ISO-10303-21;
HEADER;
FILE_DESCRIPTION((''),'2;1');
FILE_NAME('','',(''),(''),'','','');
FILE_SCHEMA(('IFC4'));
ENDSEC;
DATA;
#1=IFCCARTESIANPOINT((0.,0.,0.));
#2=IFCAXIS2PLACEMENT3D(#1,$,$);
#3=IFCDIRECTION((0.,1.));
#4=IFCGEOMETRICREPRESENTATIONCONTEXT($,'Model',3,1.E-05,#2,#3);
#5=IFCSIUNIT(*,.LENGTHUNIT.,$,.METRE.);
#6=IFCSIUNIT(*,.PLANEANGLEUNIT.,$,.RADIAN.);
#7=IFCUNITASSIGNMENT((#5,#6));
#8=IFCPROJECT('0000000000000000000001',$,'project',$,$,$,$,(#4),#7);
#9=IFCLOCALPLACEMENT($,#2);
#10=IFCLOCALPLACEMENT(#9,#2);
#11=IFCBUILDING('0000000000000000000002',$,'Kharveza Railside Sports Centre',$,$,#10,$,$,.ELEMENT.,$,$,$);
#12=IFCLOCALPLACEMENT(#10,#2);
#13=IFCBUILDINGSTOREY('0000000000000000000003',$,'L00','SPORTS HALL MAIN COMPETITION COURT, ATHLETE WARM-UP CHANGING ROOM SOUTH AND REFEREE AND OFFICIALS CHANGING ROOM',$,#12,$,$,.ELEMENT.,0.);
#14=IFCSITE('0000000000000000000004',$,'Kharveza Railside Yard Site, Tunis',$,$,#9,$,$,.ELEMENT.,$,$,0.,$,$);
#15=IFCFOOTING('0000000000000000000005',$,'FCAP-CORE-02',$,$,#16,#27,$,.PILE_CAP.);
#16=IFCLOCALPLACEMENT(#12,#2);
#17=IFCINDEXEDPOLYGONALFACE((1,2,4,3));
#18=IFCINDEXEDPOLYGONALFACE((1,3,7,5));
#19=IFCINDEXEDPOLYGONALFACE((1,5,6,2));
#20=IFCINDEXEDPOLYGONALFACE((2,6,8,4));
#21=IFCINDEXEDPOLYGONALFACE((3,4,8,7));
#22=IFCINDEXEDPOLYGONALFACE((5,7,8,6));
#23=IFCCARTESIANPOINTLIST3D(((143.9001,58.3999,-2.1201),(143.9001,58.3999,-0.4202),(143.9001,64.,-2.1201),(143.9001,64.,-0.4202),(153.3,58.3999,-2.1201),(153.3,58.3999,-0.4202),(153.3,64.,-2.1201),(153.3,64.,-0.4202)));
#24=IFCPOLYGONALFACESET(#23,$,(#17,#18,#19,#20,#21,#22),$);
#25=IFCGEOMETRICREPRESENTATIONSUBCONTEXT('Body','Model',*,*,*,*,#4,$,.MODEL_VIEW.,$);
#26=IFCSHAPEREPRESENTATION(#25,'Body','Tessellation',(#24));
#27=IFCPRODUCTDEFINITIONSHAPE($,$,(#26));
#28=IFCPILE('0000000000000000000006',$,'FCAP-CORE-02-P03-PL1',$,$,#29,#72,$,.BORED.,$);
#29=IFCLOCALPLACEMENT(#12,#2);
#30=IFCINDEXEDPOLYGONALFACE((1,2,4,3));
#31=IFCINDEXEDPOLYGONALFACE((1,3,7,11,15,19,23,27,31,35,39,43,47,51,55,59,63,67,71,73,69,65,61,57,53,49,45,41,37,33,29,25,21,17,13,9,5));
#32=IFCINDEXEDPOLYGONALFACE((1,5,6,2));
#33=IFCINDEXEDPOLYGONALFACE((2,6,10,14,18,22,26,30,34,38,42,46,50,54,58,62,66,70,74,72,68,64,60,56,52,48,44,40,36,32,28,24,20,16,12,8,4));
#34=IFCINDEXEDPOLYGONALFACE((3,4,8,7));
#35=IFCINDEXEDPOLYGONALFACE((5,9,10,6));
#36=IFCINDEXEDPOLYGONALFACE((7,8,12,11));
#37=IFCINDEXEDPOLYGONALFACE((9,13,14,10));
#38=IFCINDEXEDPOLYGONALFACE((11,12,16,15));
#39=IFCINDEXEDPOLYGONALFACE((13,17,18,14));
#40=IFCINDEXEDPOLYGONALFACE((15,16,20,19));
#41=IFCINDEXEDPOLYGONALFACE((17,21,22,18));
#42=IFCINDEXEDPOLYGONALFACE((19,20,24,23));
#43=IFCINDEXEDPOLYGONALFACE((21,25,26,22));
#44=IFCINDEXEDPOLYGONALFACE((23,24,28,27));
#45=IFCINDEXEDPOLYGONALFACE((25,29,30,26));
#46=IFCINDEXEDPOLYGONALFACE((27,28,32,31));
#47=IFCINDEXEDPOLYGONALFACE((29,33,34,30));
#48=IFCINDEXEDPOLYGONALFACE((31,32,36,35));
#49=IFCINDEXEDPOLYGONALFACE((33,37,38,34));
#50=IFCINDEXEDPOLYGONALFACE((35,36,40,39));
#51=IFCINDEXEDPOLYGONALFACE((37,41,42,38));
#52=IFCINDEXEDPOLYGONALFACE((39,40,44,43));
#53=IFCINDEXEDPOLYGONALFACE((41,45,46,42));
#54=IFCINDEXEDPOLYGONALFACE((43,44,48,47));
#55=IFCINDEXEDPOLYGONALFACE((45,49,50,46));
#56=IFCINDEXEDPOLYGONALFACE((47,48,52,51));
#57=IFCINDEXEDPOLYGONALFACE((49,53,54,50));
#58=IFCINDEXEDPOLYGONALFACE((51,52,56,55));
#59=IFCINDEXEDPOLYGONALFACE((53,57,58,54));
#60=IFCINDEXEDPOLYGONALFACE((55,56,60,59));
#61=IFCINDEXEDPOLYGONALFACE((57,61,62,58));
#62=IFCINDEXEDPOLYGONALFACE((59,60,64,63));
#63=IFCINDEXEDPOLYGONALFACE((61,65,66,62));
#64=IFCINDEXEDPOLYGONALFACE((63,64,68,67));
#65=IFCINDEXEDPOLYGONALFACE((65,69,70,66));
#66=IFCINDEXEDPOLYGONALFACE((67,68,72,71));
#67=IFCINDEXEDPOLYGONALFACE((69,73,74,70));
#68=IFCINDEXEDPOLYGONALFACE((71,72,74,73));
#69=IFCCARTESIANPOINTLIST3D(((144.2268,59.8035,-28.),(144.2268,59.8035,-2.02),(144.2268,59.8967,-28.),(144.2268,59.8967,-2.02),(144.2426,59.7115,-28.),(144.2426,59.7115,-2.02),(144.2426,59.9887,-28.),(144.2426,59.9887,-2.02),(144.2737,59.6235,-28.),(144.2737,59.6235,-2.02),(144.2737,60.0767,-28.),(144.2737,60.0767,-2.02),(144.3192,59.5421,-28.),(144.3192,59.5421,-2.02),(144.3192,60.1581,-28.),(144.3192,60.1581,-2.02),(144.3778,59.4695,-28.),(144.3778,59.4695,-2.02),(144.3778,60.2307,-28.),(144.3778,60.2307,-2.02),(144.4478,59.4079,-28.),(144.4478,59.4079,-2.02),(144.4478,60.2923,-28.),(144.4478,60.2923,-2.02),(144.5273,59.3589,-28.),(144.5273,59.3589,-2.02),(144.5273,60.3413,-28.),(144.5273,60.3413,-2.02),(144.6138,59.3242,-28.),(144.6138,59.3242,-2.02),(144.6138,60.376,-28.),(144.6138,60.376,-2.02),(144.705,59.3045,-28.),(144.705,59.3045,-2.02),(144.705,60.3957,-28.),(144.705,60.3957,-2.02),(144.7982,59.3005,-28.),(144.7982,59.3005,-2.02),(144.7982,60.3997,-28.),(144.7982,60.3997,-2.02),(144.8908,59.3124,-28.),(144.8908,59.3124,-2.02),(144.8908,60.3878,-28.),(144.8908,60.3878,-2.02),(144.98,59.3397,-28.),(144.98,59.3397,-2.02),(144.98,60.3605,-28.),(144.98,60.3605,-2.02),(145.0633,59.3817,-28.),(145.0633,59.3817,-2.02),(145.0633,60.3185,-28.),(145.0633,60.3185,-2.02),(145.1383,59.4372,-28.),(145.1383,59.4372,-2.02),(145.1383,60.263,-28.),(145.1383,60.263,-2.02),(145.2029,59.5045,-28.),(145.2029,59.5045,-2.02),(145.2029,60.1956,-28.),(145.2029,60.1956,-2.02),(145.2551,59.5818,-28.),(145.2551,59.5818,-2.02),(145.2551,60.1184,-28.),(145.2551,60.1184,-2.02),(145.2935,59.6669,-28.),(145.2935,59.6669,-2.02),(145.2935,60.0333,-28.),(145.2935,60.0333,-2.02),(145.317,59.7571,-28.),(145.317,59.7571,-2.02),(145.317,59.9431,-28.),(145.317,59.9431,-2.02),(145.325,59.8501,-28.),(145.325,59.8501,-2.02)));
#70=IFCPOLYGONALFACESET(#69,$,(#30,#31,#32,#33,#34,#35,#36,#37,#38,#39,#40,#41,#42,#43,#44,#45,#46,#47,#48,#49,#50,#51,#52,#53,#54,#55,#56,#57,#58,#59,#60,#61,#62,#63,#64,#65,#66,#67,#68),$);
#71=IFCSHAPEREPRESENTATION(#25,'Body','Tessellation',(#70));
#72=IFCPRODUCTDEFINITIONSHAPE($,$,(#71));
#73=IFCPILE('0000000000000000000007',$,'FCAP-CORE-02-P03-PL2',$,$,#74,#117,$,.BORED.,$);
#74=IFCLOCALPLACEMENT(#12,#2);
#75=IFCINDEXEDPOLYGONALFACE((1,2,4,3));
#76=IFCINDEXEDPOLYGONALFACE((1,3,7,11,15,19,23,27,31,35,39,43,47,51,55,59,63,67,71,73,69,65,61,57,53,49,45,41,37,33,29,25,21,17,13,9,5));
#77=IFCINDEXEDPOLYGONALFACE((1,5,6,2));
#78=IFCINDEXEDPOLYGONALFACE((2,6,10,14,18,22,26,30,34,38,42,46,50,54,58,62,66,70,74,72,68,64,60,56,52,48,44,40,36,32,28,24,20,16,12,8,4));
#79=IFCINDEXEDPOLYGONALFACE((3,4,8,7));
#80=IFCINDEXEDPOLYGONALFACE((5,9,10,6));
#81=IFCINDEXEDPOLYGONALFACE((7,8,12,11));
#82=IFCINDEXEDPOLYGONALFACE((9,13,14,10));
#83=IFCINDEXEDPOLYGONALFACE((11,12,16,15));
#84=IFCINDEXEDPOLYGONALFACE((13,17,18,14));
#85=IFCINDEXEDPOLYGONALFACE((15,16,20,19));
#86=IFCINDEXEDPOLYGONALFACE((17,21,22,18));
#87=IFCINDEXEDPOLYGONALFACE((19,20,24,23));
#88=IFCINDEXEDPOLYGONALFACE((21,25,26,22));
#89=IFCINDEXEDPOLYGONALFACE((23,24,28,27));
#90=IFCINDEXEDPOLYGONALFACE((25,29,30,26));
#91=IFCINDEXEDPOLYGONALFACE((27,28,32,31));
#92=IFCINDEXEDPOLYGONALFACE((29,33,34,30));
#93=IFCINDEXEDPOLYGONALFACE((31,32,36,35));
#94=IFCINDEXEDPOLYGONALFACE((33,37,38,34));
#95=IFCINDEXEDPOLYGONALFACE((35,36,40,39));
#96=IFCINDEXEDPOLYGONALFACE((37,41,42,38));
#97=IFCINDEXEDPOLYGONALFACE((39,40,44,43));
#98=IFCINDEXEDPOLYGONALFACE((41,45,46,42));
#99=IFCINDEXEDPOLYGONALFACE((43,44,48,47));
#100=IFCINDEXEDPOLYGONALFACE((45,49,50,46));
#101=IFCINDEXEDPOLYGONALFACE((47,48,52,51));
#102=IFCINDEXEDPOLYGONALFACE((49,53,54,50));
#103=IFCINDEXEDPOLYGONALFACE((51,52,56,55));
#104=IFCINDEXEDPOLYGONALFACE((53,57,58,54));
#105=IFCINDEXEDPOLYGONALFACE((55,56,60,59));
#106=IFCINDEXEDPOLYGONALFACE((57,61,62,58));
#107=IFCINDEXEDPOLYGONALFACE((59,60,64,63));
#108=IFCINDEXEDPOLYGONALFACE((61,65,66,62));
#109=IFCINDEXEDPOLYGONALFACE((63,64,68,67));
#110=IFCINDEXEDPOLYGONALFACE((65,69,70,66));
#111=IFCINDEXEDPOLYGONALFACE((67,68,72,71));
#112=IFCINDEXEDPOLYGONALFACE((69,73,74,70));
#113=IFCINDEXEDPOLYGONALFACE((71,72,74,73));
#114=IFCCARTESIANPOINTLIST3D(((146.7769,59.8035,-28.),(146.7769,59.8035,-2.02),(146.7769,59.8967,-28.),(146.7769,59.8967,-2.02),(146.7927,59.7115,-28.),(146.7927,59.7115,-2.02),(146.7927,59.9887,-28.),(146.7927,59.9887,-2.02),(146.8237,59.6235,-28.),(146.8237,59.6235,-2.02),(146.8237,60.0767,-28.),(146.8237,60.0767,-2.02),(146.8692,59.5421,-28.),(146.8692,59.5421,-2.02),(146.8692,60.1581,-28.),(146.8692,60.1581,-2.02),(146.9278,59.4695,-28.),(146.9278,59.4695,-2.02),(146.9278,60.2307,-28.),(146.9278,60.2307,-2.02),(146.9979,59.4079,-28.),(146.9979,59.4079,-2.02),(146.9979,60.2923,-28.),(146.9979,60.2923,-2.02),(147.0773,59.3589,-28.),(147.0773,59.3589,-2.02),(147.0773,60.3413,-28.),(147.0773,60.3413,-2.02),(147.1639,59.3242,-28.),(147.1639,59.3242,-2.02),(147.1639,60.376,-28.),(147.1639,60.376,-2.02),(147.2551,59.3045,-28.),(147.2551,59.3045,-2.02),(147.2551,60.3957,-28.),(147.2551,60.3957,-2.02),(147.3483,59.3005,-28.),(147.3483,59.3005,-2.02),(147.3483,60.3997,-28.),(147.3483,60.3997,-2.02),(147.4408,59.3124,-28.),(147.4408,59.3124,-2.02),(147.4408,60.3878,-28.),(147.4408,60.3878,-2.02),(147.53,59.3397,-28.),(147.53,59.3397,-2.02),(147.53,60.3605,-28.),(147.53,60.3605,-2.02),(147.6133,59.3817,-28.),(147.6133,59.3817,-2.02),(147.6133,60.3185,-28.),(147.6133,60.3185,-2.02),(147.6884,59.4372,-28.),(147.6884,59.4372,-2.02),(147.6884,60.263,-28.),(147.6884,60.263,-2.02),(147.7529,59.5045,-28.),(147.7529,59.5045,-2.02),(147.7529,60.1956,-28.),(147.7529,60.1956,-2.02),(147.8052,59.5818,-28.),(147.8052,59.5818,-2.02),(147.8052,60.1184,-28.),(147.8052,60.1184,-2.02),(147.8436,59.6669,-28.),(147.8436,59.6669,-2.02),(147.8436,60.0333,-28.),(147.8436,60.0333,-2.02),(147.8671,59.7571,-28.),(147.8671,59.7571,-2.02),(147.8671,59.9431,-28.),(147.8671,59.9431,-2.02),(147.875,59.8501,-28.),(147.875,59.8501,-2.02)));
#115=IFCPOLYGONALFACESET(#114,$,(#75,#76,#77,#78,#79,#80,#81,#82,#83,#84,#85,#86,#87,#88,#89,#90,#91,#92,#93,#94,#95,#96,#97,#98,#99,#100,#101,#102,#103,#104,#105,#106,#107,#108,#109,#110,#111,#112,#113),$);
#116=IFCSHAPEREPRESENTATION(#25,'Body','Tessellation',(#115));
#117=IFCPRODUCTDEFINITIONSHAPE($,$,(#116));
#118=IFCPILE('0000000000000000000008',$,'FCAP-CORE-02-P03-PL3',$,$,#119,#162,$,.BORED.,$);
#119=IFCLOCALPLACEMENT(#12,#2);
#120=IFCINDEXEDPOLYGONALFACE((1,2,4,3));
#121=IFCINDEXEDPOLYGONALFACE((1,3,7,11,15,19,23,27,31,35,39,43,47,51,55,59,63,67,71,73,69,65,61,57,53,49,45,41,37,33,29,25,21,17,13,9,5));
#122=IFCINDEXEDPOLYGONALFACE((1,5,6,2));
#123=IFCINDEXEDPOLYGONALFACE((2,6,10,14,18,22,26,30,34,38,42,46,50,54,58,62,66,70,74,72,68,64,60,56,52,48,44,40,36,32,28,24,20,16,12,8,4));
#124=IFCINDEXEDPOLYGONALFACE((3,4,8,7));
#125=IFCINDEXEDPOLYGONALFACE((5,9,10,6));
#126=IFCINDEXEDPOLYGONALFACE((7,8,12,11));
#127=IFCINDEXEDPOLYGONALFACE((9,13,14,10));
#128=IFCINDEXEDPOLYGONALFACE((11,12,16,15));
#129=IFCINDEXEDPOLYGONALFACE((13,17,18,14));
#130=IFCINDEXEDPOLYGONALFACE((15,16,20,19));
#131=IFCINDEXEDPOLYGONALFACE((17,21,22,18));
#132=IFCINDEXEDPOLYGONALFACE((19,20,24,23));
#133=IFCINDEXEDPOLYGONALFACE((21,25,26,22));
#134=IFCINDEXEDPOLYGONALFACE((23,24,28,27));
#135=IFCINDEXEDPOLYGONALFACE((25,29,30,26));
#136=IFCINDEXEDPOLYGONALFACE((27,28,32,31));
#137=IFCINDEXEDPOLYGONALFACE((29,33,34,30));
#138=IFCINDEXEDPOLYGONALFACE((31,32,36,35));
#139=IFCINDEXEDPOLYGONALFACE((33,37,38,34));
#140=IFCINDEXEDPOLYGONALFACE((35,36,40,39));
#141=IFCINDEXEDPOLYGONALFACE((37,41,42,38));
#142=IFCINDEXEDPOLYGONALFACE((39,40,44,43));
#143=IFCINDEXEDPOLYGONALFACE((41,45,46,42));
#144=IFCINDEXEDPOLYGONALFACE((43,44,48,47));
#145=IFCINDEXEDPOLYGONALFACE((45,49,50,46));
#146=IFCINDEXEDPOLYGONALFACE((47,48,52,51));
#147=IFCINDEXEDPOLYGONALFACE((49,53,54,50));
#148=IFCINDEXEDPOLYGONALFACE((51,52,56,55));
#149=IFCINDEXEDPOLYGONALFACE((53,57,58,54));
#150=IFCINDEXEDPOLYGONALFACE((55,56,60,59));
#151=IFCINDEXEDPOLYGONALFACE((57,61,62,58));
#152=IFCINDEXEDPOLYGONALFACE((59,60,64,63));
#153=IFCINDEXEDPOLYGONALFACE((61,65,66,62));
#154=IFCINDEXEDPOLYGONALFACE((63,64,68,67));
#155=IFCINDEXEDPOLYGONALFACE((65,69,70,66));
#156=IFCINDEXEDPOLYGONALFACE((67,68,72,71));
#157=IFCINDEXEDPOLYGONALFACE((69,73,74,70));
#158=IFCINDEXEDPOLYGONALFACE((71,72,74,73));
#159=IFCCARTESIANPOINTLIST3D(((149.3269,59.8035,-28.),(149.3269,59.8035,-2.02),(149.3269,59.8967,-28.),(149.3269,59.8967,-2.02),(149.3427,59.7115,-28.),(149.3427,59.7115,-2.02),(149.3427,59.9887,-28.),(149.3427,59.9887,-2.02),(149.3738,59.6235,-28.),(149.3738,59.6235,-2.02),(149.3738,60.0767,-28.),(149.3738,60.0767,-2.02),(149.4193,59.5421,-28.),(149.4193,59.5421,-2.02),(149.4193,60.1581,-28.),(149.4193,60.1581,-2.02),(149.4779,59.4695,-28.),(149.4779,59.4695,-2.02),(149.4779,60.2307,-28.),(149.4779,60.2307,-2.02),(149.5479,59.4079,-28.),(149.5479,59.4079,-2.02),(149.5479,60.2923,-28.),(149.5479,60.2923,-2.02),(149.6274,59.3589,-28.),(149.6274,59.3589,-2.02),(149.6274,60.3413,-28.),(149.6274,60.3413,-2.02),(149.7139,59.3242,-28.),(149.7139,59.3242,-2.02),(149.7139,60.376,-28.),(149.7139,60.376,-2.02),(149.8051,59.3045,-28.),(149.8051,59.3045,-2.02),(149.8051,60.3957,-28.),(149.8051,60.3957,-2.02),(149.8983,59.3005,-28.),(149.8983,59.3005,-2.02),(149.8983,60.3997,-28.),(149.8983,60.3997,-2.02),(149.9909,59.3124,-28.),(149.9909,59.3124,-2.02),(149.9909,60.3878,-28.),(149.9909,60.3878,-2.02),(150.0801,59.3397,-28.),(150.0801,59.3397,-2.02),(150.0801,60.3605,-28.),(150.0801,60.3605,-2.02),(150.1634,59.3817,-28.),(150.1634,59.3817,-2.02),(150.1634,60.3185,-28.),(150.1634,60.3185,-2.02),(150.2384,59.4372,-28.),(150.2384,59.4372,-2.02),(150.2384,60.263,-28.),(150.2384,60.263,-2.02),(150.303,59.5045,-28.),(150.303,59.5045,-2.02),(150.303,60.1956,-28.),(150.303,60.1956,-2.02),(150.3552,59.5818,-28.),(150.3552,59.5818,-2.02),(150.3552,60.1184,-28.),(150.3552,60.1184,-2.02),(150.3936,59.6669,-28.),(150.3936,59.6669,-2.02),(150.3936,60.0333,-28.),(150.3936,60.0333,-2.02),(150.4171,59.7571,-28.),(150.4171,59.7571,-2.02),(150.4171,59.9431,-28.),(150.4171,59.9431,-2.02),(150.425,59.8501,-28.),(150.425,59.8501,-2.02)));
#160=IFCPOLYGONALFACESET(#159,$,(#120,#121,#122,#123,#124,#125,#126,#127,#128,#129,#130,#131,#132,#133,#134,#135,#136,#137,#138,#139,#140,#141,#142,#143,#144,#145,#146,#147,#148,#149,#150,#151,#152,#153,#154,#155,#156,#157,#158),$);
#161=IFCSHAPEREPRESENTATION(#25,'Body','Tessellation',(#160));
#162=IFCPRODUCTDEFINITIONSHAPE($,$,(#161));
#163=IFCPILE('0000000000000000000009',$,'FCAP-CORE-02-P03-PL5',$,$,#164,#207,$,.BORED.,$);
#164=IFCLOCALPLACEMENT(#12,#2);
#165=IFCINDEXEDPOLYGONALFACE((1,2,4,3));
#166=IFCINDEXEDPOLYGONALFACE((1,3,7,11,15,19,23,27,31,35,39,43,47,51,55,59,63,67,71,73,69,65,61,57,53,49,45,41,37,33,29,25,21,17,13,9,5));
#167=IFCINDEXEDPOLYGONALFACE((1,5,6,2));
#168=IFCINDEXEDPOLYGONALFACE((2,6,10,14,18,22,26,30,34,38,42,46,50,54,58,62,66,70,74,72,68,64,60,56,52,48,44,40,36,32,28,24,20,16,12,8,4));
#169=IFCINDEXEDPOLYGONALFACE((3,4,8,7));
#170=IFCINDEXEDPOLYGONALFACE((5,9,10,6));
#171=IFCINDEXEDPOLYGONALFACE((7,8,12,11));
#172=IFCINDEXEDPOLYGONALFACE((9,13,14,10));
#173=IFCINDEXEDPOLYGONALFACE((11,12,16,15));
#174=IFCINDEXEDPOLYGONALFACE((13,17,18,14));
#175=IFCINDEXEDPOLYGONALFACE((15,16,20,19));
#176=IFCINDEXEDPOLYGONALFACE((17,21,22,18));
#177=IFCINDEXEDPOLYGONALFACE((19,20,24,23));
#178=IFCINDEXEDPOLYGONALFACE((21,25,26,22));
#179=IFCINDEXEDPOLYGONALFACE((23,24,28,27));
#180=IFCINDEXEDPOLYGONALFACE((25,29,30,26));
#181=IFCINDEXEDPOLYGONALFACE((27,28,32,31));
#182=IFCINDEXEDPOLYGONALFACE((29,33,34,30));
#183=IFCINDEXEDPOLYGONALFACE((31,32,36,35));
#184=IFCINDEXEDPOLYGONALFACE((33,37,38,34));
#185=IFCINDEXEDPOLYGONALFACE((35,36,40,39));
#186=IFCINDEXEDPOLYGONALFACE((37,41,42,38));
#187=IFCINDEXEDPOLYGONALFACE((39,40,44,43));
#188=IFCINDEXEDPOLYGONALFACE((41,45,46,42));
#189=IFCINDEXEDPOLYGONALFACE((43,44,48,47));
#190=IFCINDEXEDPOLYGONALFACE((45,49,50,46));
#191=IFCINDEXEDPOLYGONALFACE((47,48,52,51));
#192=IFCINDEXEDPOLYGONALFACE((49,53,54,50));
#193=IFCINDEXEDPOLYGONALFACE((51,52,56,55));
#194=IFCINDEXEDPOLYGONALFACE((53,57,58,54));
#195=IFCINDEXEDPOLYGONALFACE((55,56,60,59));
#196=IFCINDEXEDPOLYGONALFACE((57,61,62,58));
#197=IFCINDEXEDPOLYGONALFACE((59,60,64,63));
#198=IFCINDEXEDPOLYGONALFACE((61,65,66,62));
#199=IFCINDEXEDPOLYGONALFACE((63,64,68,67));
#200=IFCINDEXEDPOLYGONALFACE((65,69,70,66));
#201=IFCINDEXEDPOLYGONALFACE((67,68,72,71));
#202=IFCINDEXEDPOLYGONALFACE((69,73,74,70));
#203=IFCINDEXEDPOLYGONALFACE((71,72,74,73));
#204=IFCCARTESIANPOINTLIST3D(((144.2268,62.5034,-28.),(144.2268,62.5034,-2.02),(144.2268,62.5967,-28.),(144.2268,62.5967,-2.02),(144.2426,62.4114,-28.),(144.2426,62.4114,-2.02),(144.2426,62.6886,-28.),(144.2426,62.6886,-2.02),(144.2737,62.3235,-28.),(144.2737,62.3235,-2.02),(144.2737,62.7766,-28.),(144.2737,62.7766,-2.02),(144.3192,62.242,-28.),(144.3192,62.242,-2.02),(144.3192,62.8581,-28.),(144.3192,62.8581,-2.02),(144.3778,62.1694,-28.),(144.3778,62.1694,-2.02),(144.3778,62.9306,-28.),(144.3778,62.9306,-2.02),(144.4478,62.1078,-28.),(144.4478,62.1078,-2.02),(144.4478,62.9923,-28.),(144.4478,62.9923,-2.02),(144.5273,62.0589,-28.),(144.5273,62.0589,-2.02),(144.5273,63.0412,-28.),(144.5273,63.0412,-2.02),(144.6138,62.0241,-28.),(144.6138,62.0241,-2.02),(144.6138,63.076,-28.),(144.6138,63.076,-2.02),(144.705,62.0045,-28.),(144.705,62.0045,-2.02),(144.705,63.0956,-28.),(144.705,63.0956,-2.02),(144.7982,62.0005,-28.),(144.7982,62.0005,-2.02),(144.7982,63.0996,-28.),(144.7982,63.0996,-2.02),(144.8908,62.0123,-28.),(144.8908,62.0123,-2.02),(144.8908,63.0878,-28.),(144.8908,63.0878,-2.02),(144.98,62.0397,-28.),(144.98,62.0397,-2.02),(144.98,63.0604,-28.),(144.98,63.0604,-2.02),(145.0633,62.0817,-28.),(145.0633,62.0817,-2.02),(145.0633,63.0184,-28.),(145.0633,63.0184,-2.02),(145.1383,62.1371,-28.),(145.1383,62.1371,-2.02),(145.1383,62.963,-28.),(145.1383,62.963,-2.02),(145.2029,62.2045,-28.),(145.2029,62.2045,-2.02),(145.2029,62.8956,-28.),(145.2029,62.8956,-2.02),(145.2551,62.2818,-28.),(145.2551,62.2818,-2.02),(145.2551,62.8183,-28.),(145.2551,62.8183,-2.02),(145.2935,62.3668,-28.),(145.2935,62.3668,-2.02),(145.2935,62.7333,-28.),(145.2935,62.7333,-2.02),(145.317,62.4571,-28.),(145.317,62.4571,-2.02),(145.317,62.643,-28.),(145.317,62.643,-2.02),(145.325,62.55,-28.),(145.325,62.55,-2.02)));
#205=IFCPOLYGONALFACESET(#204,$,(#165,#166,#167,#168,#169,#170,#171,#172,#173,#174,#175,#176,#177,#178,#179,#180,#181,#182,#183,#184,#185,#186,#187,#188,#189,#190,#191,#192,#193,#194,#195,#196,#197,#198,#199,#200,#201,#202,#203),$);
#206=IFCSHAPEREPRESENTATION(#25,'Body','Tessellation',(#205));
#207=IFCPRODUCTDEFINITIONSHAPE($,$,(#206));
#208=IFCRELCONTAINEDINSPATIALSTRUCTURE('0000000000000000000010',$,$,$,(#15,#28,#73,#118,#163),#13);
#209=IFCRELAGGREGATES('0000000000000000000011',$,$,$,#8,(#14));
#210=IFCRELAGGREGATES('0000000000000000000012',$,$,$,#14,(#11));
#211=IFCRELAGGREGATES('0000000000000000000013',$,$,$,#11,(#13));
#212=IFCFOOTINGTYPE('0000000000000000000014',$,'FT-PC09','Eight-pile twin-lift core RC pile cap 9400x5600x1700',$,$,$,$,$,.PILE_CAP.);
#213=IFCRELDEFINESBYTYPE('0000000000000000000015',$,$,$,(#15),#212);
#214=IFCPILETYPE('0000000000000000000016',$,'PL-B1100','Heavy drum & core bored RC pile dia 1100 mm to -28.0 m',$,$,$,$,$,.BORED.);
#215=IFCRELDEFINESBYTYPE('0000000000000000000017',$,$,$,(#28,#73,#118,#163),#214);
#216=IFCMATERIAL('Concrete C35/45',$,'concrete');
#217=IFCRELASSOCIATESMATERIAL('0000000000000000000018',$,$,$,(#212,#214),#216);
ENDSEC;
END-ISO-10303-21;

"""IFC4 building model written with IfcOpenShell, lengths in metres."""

from ifc_helpers import new_model, si_unit, direction, frame, origin, origin_2d, place, context, subcontext, project, spatial, rectangle, circle, extrude, material, material_profile, profile_set, type_object, element, save


model = new_model("IFC4")

# Units and contexts
model_context = context("Model", 3, precision=1e-05, world=origin(), true_north=direction((0.0, 1.0)))
body_context = subcontext(model_context, "Body", "Model", "MODEL_VIEW")
ifc_project = project(units=[si_unit("LENGTHUNIT", "METRE"), si_unit("PLANEANGLEUNIT", "RADIAN")], contexts=[model_context])

# Site, building, storey
site_placement = place(None, origin())
site = spatial("IfcSite", under=ifc_project, at=site_placement, Name="Kharveza Railside Yard Site, Tunis", CompositionType="ELEMENT", RefElevation=0.0)
building_placement = place(site_placement, origin())
building = spatial("IfcBuilding", under=site, at=building_placement, Name="Kharveza Railside Sports Centre", CompositionType="ELEMENT")
storey_placement = place(building_placement, origin())
storey = spatial("IfcBuildingStorey", under=building, at=storey_placement, Name="L00", Description="SPORTS HALL MAIN COMPETITION COURT, ATHLETE WARM-UP CHANGING ROOM SOUTH AND REFEREE AND OFFICIALS CHANGING ROOM", CompositionType="ELEMENT", Elevation=0.0)

# Footing
ifc_material_1 = material(Name="Concrete C35/45", Category="concrete")
footing_type = type_object("IfcFootingType", Name="FT-PC09", Description="Eight-pile twin-lift core RC pile cap 9400x5600x1700", PredefinedType="PILE_CAP", material=ifc_material_1)
footing_placement = place(storey_placement, frame((148.6001, 61.2, -2.1201), z_axis=(0.0, 0.0, 1.0), x_axis=(1.0, 0.0, 0.0)))
element("IfcFooting", 1, at=footing_placement, inside=storey, type_object=footing_type, Name="FCAP-CORE-02", PredefinedType="PILE_CAP", context=body_context, shape_type="SweptSolid", body=[
    extrude(rectangle(XDim=9.3999, YDim=5.6001, at=origin_2d()), origin(), (0.0, 0.0, 1.0), 1.7),
])

# Piles
ifc_material_profile_1 = material_profile(ifc_material_1, circle(Radius=0.55, at=origin_2d()), Name="PILE D1100")
ifc_profile_set_1 = profile_set([ifc_material_profile_1], Name="Concrete C35/45")
pile_type = type_object("IfcPileType", Name="PL-B1100", Description="Heavy drum & core bored RC pile dia 1100 mm to -28.0 m", PredefinedType="BORED", material=ifc_profile_set_1)
for number, where, z_axis, x_axis, name in (
    (2, (144.7749, 59.8501, -2.02), (0.0, 0.0, -1.0), (1.0, 0.0, 0.0), "FCAP-CORE-02-P03-PL1"),
    (3, (147.325, 59.8501, -2.02), (0.0, 0.0, -1.0), (1.0, 0.0, 0.0), "FCAP-CORE-02-P03-PL2"),
    (4, (149.875, 59.8501, -2.02), (0.0, 0.0, -1.0), (1.0, 0.0, 0.0), "FCAP-CORE-02-P03-PL3"),
    (5, (144.7749, 62.55, -2.02), (0.0, 0.0, -1.0), (1.0, 0.0, 0.0), "FCAP-CORE-02-P03-PL5"),
):
    element("IfcPile", number, at=place(storey_placement, frame(where, z_axis=z_axis, x_axis=x_axis)), inside=storey, type_object=pile_type, Name=name, PredefinedType="BORED", context=body_context, shape_type="SweptSolid", body=[
        extrude(circle(Radius=0.55, at=origin_2d()), origin(), (0.0, 0.0, 1.0), 25.98),
    ])

save(model, "model.ifc")
